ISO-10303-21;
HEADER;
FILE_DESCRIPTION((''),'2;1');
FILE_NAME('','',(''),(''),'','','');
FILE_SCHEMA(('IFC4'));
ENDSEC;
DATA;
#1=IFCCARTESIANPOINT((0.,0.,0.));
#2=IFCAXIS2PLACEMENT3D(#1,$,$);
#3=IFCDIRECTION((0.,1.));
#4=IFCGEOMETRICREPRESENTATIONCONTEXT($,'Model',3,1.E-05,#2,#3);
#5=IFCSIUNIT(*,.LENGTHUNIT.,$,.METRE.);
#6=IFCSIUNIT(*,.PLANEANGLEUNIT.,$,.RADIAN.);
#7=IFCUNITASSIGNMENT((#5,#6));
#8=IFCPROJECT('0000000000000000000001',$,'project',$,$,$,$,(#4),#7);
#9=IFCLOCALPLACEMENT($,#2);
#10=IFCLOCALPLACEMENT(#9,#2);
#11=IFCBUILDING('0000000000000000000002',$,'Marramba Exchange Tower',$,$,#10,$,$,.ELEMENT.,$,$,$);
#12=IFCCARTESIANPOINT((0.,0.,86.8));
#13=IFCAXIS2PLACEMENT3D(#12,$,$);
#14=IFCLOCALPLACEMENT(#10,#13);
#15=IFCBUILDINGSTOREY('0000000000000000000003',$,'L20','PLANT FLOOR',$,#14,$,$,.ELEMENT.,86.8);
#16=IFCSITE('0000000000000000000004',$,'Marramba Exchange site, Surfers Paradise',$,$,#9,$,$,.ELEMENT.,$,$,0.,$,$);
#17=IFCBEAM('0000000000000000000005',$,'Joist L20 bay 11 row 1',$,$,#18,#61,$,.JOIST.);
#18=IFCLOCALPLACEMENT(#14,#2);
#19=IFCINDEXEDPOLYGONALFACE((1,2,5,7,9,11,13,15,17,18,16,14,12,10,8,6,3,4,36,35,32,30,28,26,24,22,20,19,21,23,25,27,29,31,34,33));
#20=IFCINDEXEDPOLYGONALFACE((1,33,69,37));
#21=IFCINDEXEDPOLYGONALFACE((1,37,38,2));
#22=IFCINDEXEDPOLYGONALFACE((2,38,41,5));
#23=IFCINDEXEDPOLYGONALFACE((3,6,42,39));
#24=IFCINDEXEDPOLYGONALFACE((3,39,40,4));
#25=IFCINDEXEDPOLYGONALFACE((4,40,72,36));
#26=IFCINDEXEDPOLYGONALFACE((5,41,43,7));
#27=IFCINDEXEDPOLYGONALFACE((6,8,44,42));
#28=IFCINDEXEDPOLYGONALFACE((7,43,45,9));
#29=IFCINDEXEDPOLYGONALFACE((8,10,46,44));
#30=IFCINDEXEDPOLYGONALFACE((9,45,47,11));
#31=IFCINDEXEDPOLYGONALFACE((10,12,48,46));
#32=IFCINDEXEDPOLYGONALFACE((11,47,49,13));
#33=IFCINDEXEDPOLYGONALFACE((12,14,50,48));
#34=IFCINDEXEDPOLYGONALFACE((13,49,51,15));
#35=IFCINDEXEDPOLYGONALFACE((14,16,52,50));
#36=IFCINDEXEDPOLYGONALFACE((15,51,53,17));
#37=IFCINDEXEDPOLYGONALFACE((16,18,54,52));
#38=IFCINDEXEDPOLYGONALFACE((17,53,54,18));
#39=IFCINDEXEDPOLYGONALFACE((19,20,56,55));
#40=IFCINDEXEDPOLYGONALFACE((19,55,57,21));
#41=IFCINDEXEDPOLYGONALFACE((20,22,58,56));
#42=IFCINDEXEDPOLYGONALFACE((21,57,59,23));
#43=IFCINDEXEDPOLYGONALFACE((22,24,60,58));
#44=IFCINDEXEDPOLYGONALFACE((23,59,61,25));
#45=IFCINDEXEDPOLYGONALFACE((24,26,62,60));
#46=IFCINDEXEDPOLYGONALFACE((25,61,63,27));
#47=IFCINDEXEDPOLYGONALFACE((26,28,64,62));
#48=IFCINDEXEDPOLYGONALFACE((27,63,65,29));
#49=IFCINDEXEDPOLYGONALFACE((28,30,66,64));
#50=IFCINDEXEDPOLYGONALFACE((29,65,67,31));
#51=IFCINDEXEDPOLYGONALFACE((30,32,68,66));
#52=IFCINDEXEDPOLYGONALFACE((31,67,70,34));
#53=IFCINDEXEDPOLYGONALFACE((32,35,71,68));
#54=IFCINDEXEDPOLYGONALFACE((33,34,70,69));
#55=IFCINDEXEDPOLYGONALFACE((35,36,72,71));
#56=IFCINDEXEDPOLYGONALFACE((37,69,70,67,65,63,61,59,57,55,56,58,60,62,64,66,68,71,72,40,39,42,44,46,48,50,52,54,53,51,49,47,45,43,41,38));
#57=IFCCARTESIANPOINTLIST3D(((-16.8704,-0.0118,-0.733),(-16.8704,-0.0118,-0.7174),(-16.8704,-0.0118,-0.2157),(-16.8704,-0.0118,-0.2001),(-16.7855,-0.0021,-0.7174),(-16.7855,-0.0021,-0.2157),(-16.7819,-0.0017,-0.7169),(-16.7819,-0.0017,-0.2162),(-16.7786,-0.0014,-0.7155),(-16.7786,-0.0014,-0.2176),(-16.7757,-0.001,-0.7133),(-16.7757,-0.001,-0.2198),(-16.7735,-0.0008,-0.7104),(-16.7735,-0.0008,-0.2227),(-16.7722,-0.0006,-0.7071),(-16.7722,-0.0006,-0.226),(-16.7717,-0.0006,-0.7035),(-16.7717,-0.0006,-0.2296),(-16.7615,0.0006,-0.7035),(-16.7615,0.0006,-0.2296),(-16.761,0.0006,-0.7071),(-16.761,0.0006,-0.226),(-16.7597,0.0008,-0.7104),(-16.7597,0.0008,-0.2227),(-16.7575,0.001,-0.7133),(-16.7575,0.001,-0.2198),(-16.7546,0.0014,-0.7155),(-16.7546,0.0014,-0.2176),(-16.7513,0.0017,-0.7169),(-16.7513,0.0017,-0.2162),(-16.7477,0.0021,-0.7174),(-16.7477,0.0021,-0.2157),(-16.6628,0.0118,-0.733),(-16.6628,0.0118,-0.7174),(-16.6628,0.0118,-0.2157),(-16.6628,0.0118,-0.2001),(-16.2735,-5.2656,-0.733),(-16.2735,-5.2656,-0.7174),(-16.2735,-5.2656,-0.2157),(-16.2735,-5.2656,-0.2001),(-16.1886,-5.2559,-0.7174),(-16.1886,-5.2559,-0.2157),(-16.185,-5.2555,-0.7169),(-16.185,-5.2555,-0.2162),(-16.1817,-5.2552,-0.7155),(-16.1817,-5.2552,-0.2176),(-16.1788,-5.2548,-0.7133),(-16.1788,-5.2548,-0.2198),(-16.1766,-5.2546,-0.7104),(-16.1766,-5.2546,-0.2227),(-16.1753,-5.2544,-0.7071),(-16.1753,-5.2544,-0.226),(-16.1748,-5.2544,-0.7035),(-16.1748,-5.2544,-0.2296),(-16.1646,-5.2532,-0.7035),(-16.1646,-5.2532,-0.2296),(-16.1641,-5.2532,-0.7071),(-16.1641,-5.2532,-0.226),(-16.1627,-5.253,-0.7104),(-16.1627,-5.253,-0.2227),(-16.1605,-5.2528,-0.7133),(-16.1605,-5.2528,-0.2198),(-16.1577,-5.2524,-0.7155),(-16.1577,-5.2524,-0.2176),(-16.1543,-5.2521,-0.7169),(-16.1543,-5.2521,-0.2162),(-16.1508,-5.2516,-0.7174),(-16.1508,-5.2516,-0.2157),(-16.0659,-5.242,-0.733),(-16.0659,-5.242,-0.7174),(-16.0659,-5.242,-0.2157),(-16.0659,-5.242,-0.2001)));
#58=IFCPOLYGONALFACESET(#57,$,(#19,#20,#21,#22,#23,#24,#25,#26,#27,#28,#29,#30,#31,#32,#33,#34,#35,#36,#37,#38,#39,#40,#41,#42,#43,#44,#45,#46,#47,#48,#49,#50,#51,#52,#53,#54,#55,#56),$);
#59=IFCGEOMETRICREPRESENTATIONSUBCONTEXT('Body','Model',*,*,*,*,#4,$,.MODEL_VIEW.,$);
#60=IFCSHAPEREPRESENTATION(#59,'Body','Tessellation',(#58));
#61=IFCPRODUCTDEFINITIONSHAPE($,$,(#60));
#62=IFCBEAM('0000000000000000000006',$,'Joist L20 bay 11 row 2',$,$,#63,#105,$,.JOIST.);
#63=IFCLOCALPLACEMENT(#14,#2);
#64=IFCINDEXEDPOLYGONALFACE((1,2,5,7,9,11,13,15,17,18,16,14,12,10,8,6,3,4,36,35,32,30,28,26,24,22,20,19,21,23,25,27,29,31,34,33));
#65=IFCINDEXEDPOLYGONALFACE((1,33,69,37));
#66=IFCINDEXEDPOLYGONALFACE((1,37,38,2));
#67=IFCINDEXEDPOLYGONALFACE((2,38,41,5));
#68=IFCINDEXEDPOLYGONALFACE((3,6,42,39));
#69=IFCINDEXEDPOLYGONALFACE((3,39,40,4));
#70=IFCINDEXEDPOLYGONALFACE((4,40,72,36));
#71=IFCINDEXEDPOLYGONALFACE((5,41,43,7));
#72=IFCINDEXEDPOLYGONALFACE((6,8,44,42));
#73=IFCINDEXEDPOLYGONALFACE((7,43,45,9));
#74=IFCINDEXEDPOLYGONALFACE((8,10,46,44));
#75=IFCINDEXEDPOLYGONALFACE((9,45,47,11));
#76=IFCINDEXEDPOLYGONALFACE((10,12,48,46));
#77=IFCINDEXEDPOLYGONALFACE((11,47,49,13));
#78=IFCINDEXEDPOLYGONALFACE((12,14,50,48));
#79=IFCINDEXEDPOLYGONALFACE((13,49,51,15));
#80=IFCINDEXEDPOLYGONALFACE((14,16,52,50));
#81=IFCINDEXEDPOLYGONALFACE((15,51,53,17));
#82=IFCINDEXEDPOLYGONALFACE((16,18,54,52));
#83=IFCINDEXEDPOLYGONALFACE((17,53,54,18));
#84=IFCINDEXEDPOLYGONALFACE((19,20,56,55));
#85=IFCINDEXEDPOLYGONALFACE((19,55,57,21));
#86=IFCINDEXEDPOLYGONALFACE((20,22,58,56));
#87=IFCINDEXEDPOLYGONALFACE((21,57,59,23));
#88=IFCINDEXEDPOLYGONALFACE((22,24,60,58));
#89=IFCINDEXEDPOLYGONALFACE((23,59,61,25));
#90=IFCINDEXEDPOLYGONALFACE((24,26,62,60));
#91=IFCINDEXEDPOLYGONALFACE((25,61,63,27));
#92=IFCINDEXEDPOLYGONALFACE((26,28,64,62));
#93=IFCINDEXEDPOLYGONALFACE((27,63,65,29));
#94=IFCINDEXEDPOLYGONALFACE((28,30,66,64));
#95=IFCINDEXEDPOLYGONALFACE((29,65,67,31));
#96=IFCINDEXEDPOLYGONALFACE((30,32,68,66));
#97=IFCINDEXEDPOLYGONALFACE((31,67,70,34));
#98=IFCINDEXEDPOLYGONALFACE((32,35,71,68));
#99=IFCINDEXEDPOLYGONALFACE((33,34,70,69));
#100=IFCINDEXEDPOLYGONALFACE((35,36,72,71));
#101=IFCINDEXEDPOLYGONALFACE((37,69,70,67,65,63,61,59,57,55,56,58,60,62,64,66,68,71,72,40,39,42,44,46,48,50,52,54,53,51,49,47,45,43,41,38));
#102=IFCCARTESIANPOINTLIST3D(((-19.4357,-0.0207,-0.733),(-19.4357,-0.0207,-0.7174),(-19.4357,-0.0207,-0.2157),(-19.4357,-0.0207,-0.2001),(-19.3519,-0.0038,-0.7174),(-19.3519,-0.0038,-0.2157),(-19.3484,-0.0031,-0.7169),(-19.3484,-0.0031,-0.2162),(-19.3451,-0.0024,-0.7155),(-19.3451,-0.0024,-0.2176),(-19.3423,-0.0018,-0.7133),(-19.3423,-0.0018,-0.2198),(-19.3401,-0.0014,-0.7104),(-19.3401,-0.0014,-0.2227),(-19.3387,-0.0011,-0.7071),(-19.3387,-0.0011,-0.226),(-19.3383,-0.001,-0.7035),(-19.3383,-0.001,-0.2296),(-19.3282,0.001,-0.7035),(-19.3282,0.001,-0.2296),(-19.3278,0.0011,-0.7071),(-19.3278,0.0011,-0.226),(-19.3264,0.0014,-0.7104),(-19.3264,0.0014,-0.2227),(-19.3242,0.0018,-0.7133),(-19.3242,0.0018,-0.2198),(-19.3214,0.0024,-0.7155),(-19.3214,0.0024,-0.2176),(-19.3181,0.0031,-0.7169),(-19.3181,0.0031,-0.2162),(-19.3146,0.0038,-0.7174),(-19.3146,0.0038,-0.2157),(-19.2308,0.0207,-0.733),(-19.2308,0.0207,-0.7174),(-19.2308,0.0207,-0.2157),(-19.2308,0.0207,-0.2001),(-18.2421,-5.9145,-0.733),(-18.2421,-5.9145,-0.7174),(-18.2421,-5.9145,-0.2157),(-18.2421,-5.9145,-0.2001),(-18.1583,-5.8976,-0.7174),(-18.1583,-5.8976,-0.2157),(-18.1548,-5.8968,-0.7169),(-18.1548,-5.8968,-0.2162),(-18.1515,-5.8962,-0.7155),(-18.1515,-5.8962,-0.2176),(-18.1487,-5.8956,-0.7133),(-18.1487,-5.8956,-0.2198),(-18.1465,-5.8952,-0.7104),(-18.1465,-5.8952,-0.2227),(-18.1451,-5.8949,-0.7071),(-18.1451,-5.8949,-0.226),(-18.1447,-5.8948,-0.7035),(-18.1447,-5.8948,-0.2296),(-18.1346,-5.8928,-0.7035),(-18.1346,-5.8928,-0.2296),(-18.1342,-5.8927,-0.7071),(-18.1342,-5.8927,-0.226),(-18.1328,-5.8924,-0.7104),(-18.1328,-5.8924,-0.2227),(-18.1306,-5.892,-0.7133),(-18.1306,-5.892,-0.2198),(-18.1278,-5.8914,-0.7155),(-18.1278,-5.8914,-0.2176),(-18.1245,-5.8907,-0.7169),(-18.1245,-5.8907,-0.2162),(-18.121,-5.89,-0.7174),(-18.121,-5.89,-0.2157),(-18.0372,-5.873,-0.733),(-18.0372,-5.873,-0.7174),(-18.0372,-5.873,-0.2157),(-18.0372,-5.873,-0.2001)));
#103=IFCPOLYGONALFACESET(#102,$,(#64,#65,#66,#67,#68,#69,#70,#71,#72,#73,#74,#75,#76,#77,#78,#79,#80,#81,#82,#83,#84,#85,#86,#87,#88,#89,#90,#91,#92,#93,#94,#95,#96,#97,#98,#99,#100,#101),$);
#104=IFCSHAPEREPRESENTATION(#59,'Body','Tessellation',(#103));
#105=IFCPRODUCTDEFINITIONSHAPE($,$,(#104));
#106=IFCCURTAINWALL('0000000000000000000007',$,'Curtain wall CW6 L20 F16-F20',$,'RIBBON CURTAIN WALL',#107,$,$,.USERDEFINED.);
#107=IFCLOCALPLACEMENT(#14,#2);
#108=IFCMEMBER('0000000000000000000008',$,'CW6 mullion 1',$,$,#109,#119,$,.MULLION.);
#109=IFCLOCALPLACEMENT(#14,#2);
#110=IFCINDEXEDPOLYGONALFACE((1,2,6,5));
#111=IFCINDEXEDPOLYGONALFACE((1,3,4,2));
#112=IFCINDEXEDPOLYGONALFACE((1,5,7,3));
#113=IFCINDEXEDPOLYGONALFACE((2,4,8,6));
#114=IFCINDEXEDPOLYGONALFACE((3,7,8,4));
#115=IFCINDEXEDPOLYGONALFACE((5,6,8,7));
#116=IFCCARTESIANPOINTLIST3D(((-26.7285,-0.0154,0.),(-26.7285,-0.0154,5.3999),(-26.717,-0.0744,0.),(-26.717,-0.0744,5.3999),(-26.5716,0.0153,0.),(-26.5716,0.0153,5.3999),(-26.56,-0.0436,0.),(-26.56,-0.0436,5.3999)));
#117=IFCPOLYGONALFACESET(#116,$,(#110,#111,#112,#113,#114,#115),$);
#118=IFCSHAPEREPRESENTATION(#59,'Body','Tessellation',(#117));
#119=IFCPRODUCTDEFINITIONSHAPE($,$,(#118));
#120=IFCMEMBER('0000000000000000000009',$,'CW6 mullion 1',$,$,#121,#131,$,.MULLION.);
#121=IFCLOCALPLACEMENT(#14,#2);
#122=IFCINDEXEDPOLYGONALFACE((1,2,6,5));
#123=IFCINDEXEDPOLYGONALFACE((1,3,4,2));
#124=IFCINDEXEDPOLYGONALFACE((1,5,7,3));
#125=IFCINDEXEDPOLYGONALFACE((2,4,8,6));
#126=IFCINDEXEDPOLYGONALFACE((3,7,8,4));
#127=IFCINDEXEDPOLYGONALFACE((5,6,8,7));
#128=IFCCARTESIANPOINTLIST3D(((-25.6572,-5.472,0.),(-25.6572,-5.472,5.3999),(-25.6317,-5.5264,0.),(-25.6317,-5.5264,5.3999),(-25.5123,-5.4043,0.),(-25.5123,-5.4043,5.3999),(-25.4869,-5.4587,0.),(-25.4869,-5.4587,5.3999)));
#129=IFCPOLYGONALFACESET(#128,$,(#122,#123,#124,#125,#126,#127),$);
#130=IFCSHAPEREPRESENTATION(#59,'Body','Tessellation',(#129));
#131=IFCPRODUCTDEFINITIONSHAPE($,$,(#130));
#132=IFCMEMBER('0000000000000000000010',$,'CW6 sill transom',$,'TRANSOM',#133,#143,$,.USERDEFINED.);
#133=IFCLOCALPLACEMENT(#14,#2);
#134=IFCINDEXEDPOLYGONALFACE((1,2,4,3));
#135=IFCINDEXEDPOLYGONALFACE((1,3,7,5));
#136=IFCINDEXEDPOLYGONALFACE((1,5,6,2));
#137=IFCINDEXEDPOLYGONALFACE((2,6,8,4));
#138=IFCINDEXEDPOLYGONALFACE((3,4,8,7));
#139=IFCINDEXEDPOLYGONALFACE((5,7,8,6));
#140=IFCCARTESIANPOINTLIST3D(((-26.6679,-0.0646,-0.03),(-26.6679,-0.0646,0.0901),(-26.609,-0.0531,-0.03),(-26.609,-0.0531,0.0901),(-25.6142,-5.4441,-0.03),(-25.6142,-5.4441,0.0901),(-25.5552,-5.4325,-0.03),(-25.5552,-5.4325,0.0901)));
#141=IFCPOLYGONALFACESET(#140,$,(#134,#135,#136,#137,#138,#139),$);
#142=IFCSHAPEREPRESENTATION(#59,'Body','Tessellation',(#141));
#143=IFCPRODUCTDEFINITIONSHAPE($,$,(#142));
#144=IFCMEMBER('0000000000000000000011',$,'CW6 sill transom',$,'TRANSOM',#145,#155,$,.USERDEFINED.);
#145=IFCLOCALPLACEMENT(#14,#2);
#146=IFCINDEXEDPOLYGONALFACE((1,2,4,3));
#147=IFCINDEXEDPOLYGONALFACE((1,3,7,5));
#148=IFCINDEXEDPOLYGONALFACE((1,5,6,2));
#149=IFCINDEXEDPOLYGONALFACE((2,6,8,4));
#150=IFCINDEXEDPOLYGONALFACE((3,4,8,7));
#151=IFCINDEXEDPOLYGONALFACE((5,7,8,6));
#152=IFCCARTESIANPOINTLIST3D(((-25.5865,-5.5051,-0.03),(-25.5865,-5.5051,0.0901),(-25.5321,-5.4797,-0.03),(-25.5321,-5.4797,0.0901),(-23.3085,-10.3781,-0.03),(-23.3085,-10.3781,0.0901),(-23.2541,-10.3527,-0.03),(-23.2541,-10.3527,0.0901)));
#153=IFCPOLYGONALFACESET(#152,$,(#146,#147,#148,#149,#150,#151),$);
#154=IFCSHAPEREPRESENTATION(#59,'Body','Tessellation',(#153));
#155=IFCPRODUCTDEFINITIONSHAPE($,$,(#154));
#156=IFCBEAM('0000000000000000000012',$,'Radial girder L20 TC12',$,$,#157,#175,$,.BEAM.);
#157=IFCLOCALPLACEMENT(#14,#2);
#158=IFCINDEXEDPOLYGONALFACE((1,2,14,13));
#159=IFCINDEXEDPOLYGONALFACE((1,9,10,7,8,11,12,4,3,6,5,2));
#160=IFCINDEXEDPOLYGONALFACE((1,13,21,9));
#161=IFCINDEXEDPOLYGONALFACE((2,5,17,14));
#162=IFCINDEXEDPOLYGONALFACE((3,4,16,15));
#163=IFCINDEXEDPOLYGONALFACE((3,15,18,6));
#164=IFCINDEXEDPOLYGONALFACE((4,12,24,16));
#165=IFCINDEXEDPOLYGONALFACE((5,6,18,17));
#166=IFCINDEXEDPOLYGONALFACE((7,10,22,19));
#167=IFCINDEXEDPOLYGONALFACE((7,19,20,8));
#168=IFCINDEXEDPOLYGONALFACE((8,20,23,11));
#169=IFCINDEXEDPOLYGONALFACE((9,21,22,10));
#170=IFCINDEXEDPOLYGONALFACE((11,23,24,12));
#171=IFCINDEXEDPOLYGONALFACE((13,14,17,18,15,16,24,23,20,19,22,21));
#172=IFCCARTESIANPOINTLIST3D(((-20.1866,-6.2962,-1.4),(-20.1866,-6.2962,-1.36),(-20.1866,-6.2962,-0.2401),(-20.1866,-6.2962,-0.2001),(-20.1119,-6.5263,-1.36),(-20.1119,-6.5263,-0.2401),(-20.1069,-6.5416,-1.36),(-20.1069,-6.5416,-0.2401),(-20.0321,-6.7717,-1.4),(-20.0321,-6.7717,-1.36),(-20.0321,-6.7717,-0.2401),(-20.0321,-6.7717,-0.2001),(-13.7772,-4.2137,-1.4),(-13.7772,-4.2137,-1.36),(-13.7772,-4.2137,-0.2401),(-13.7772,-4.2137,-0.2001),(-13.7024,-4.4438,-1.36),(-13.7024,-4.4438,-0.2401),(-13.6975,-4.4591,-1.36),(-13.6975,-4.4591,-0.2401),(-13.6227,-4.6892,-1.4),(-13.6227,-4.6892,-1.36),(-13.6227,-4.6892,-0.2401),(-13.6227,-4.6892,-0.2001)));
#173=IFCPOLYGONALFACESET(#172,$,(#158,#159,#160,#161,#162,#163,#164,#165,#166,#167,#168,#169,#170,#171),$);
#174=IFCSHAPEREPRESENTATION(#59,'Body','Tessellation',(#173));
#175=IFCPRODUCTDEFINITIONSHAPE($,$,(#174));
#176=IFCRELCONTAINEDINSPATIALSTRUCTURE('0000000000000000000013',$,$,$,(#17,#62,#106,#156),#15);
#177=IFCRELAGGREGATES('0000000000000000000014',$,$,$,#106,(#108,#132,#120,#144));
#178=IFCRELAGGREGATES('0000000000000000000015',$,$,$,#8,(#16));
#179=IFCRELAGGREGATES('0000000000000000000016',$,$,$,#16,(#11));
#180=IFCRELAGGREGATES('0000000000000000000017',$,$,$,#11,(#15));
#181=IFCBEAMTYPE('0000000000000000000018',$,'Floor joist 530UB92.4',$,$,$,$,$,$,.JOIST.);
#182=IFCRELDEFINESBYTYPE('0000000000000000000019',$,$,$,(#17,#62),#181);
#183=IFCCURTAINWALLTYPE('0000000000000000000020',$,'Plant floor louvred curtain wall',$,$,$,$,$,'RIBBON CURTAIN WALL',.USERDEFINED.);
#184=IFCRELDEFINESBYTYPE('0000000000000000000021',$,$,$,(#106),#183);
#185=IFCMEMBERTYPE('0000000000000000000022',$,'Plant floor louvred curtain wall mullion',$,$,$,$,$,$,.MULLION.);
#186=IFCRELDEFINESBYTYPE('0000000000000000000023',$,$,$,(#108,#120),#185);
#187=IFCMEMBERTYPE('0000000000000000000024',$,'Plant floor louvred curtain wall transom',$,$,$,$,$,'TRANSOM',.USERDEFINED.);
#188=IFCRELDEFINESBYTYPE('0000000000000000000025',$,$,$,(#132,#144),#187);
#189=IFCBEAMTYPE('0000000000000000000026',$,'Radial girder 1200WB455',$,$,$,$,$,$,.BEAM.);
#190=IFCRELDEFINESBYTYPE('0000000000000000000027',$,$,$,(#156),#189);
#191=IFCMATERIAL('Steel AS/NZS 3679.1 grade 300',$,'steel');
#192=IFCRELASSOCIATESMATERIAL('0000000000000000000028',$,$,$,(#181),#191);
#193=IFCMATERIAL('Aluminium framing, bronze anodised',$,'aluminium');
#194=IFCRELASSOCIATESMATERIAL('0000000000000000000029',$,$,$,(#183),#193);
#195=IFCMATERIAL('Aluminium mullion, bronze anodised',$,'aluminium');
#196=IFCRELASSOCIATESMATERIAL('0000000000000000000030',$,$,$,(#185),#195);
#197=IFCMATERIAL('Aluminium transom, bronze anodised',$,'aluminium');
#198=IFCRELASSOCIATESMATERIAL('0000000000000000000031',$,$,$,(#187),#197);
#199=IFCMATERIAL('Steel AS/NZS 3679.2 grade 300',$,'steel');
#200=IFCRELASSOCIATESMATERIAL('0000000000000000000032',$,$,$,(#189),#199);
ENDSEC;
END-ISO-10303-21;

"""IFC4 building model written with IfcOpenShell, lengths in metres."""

from ifc_helpers import new_model, si_unit, direction, frame, origin, origin_2d, place, context, subcontext, project, spatial, rectangle, i_section, extrude, material, material_profile, profile_set, type_object, element, aggregate, save


model = new_model("IFC4")

# Units and contexts
model_context = context("Model", 3, precision=1e-05, world=origin(), true_north=direction((0.0, 1.0)))
body_context = subcontext(model_context, "Body", "Model", "MODEL_VIEW")
ifc_project = project(units=[si_unit("LENGTHUNIT", "METRE"), si_unit("PLANEANGLEUNIT", "RADIAN")], contexts=[model_context])

# Site, building, storey
site_placement = place(None, origin())
site = spatial("IfcSite", under=ifc_project, at=site_placement, Name="Marramba Exchange site, Surfers Paradise", CompositionType="ELEMENT", RefElevation=0.0)
building_placement = place(site_placement, origin())
building = spatial("IfcBuilding", under=site, at=building_placement, Name="Marramba Exchange Tower", CompositionType="ELEMENT")
storey_placement = place(building_placement, frame((0.0, 0.0, 86.8)))
storey = spatial("IfcBuildingStorey", under=building, at=storey_placement, Name="L20", Description="PLANT FLOOR", CompositionType="ELEMENT", Elevation=86.8)

# Shared definitions
ifc_material_1 = material(Name="Steel AS/NZS 3679.2 grade 300", Category="steel")

# Beams
ifc_material_2 = material(Name="Steel AS/NZS 3679.1 grade 300", Category="steel")
ifc_material_profile_1 = material_profile(ifc_material_2, i_section(OverallWidth=0.209, OverallDepth=0.533, WebThickness=0.0103, FlangeThickness=0.0156, FilletRadius=0.0139, at=origin_2d()), Name="530UB92.4")
ifc_profile_set_1 = profile_set([ifc_material_profile_1], Name="Steel AS/NZS 3679.1 grade 300")
beam_type_1 = type_object("IfcBeamType", Name="Floor joist 530UB92.4", PredefinedType="JOIST", material=ifc_profile_set_1)
beam_1_placement = place(storey_placement, frame((-16.7666, 0.0, -0.4666), z_axis=(0.112889, -0.993608, 0.0), x_axis=(0.993608, 0.112889, 0.0)))
element("IfcBeam", 1, at=beam_1_placement, inside=storey, type_object=beam_type_1, Name="Joist L20 bay 11 row 1", PredefinedType="JOIST", context=body_context, shape_type="SweptSolid", body=[
    extrude(i_section(OverallWidth=0.209, OverallDepth=0.533, WebThickness=0.0103, FlangeThickness=0.0156, FilletRadius=0.0139, at=origin_2d()), origin(), (0.0, 0.0, 1.0), 5.2876),
])
beam_2_placement = place(storey_placement, frame((-19.3333, 0.0, -0.4666), z_axis=(0.198489, -0.980103, 0.0), x_axis=(0.980103, 0.198489, 0.0)))
element("IfcBeam", 2, at=beam_2_placement, inside=storey, type_object=beam_type_1, Name="Joist L20 bay 11 row 2", PredefinedType="JOIST", context=body_context, shape_type="SweptSolid", body=[
    extrude(i_section(OverallWidth=0.209, OverallDepth=0.533, WebThickness=0.0103, FlangeThickness=0.0156, FilletRadius=0.0139, at=origin_2d()), origin(), (0.0, 0.0, 1.0), 6.0134),
])

# Curtain wall, members
ifc_material_3 = material(Name="Aluminium framing, bronze anodised", Category="aluminium")
curtain_wall_type = type_object("IfcCurtainWallType", Name="Plant floor louvred curtain wall", ElementType="RIBBON CURTAIN WALL", PredefinedType="USERDEFINED", material=ifc_material_3)
curtain_wall_placement = place(storey_placement, origin())
curtain_wall = element("IfcCurtainWall", 3, at=curtain_wall_placement, inside=storey, type_object=curtain_wall_type, Name="Curtain wall CW6 L20 F16-F20", ObjectType="RIBBON CURTAIN WALL", PredefinedType="USERDEFINED")
ifc_material_4 = material(Name="Aluminium mullion, bronze anodised", Category="aluminium")
ifc_material_profile_2 = material_profile(ifc_material_4, rectangle(XDim=0.1599, YDim=0.0601, at=origin_2d()), Name="CW6 mullion 60x160")
ifc_profile_set_2 = profile_set([ifc_material_profile_2], Name="Aluminium mullion, bronze anodised")
member_type_1 = type_object("IfcMemberType", Name="Plant floor louvred curtain wall mullion", PredefinedType="MULLION", material=ifc_profile_set_2)
member_1_placement = place(storey_placement, frame((-26.6443, -0.0295, 0.0), z_axis=(0.0, 0.0, 1.0), x_axis=(0.981346, 0.192249, 0.0)))
member_1 = element("IfcMember", 4, at=member_1_placement, type_object=member_type_1, Name="CW6 mullion 1", PredefinedType="MULLION", context=body_context, shape_type="SweptSolid", body=[
    extrude(rectangle(XDim=0.1599, YDim=0.0601, at=origin_2d()), origin(), (0.0, 0.0, 1.0), 5.3999),
])
member_2_placement = place(storey_placement, frame((-25.572, -5.4653, 0.0), z_axis=(0.0, 0.0, 1.0), x_axis=(0.905907, 0.423477, 0.0)))
member_2 = element("IfcMember", 5, at=member_2_placement, type_object=member_type_1, Name="CW6 mullion 1", PredefinedType="MULLION", context=body_context, shape_type="SweptSolid", body=[
    extrude(rectangle(XDim=0.1599, YDim=0.0601, at=origin_2d()), origin(), (0.0, 0.0, 1.0), 5.3999),
])
ifc_material_5 = material(Name="Aluminium transom, bronze anodised", Category="aluminium")
ifc_material_profile_3 = material_profile(ifc_material_5, rectangle(XDim=0.0601, YDim=0.1201, at=origin_2d()), Name="CW6 transom 60x120")
ifc_profile_set_3 = profile_set([ifc_material_profile_3], Name="Aluminium transom, bronze anodised")
member_type_2 = type_object("IfcMemberType", Name="Plant floor louvred curtain wall transom", ElementType="TRANSOM", PredefinedType="USERDEFINED", material=ifc_profile_set_3)
member_3_placement = place(storey_placement, frame((-26.6384, -0.0588, 0.03), z_axis=(0.192226, -0.981351, 0.0), x_axis=(0.981351, 0.192226, 0.0)))
member_3 = element("IfcMember", 6, at=member_3_placement, type_object=member_type_2, Name="CW6 sill transom", ObjectType="TRANSOM", PredefinedType="USERDEFINED", context=body_context, shape_type="SweptSolid", body=[
    extrude(rectangle(XDim=0.0601, YDim=0.1201, at=origin_2d()), origin(), (0.0, 0.0, 1.0), 5.4817),
])
member_4_placement = place(storey_placement, frame((-25.5593, -5.4924, 0.03), z_axis=(0.423494, -0.905899, 0.0), x_axis=(0.905899, 0.423494, 0.0)))
member_4 = element("IfcMember", 7, at=member_4_placement, type_object=member_type_2, Name="CW6 sill transom", ObjectType="TRANSOM", PredefinedType="USERDEFINED", context=body_context, shape_type="SweptSolid", body=[
    extrude(rectangle(XDim=0.0601, YDim=0.1201, at=origin_2d()), origin(), (0.0, 0.0, 1.0), 5.3792),
])

# Beam
ifc_material_profile_4 = material_profile(ifc_material_1, i_section(OverallWidth=0.5, OverallDepth=1.2, WebThickness=0.0161, FlangeThickness=0.04, at=origin_2d()), Name="1200WB455")
ifc_profile_set_4 = profile_set([ifc_material_profile_4], Name="Steel AS/NZS 3679.2 grade 300")
beam_type_2 = type_object("IfcBeamType", Name="Radial girder 1200WB455", PredefinedType="BEAM", material=ifc_profile_set_4)
beam_3_placement = place(storey_placement, frame((-13.7, -4.4514, -0.8), z_axis=(-0.951058, -0.309013, 0.0), x_axis=(0.309013, -0.951058, 0.0)))
element("IfcBeam", 8, at=beam_3_placement, inside=storey, type_object=beam_type_2, Name="Radial girder L20 TC12", PredefinedType="BEAM", context=body_context, shape_type="SweptSolid", body=[
    extrude(i_section(OverallWidth=0.5, OverallDepth=1.2, WebThickness=0.0161, FlangeThickness=0.04, at=origin_2d()), origin(), (0.0, 0.0, 1.0), 6.7393),
])

aggregate(curtain_wall, [member_1, member_3, member_2, member_4])

save(model, "model.ifc")
